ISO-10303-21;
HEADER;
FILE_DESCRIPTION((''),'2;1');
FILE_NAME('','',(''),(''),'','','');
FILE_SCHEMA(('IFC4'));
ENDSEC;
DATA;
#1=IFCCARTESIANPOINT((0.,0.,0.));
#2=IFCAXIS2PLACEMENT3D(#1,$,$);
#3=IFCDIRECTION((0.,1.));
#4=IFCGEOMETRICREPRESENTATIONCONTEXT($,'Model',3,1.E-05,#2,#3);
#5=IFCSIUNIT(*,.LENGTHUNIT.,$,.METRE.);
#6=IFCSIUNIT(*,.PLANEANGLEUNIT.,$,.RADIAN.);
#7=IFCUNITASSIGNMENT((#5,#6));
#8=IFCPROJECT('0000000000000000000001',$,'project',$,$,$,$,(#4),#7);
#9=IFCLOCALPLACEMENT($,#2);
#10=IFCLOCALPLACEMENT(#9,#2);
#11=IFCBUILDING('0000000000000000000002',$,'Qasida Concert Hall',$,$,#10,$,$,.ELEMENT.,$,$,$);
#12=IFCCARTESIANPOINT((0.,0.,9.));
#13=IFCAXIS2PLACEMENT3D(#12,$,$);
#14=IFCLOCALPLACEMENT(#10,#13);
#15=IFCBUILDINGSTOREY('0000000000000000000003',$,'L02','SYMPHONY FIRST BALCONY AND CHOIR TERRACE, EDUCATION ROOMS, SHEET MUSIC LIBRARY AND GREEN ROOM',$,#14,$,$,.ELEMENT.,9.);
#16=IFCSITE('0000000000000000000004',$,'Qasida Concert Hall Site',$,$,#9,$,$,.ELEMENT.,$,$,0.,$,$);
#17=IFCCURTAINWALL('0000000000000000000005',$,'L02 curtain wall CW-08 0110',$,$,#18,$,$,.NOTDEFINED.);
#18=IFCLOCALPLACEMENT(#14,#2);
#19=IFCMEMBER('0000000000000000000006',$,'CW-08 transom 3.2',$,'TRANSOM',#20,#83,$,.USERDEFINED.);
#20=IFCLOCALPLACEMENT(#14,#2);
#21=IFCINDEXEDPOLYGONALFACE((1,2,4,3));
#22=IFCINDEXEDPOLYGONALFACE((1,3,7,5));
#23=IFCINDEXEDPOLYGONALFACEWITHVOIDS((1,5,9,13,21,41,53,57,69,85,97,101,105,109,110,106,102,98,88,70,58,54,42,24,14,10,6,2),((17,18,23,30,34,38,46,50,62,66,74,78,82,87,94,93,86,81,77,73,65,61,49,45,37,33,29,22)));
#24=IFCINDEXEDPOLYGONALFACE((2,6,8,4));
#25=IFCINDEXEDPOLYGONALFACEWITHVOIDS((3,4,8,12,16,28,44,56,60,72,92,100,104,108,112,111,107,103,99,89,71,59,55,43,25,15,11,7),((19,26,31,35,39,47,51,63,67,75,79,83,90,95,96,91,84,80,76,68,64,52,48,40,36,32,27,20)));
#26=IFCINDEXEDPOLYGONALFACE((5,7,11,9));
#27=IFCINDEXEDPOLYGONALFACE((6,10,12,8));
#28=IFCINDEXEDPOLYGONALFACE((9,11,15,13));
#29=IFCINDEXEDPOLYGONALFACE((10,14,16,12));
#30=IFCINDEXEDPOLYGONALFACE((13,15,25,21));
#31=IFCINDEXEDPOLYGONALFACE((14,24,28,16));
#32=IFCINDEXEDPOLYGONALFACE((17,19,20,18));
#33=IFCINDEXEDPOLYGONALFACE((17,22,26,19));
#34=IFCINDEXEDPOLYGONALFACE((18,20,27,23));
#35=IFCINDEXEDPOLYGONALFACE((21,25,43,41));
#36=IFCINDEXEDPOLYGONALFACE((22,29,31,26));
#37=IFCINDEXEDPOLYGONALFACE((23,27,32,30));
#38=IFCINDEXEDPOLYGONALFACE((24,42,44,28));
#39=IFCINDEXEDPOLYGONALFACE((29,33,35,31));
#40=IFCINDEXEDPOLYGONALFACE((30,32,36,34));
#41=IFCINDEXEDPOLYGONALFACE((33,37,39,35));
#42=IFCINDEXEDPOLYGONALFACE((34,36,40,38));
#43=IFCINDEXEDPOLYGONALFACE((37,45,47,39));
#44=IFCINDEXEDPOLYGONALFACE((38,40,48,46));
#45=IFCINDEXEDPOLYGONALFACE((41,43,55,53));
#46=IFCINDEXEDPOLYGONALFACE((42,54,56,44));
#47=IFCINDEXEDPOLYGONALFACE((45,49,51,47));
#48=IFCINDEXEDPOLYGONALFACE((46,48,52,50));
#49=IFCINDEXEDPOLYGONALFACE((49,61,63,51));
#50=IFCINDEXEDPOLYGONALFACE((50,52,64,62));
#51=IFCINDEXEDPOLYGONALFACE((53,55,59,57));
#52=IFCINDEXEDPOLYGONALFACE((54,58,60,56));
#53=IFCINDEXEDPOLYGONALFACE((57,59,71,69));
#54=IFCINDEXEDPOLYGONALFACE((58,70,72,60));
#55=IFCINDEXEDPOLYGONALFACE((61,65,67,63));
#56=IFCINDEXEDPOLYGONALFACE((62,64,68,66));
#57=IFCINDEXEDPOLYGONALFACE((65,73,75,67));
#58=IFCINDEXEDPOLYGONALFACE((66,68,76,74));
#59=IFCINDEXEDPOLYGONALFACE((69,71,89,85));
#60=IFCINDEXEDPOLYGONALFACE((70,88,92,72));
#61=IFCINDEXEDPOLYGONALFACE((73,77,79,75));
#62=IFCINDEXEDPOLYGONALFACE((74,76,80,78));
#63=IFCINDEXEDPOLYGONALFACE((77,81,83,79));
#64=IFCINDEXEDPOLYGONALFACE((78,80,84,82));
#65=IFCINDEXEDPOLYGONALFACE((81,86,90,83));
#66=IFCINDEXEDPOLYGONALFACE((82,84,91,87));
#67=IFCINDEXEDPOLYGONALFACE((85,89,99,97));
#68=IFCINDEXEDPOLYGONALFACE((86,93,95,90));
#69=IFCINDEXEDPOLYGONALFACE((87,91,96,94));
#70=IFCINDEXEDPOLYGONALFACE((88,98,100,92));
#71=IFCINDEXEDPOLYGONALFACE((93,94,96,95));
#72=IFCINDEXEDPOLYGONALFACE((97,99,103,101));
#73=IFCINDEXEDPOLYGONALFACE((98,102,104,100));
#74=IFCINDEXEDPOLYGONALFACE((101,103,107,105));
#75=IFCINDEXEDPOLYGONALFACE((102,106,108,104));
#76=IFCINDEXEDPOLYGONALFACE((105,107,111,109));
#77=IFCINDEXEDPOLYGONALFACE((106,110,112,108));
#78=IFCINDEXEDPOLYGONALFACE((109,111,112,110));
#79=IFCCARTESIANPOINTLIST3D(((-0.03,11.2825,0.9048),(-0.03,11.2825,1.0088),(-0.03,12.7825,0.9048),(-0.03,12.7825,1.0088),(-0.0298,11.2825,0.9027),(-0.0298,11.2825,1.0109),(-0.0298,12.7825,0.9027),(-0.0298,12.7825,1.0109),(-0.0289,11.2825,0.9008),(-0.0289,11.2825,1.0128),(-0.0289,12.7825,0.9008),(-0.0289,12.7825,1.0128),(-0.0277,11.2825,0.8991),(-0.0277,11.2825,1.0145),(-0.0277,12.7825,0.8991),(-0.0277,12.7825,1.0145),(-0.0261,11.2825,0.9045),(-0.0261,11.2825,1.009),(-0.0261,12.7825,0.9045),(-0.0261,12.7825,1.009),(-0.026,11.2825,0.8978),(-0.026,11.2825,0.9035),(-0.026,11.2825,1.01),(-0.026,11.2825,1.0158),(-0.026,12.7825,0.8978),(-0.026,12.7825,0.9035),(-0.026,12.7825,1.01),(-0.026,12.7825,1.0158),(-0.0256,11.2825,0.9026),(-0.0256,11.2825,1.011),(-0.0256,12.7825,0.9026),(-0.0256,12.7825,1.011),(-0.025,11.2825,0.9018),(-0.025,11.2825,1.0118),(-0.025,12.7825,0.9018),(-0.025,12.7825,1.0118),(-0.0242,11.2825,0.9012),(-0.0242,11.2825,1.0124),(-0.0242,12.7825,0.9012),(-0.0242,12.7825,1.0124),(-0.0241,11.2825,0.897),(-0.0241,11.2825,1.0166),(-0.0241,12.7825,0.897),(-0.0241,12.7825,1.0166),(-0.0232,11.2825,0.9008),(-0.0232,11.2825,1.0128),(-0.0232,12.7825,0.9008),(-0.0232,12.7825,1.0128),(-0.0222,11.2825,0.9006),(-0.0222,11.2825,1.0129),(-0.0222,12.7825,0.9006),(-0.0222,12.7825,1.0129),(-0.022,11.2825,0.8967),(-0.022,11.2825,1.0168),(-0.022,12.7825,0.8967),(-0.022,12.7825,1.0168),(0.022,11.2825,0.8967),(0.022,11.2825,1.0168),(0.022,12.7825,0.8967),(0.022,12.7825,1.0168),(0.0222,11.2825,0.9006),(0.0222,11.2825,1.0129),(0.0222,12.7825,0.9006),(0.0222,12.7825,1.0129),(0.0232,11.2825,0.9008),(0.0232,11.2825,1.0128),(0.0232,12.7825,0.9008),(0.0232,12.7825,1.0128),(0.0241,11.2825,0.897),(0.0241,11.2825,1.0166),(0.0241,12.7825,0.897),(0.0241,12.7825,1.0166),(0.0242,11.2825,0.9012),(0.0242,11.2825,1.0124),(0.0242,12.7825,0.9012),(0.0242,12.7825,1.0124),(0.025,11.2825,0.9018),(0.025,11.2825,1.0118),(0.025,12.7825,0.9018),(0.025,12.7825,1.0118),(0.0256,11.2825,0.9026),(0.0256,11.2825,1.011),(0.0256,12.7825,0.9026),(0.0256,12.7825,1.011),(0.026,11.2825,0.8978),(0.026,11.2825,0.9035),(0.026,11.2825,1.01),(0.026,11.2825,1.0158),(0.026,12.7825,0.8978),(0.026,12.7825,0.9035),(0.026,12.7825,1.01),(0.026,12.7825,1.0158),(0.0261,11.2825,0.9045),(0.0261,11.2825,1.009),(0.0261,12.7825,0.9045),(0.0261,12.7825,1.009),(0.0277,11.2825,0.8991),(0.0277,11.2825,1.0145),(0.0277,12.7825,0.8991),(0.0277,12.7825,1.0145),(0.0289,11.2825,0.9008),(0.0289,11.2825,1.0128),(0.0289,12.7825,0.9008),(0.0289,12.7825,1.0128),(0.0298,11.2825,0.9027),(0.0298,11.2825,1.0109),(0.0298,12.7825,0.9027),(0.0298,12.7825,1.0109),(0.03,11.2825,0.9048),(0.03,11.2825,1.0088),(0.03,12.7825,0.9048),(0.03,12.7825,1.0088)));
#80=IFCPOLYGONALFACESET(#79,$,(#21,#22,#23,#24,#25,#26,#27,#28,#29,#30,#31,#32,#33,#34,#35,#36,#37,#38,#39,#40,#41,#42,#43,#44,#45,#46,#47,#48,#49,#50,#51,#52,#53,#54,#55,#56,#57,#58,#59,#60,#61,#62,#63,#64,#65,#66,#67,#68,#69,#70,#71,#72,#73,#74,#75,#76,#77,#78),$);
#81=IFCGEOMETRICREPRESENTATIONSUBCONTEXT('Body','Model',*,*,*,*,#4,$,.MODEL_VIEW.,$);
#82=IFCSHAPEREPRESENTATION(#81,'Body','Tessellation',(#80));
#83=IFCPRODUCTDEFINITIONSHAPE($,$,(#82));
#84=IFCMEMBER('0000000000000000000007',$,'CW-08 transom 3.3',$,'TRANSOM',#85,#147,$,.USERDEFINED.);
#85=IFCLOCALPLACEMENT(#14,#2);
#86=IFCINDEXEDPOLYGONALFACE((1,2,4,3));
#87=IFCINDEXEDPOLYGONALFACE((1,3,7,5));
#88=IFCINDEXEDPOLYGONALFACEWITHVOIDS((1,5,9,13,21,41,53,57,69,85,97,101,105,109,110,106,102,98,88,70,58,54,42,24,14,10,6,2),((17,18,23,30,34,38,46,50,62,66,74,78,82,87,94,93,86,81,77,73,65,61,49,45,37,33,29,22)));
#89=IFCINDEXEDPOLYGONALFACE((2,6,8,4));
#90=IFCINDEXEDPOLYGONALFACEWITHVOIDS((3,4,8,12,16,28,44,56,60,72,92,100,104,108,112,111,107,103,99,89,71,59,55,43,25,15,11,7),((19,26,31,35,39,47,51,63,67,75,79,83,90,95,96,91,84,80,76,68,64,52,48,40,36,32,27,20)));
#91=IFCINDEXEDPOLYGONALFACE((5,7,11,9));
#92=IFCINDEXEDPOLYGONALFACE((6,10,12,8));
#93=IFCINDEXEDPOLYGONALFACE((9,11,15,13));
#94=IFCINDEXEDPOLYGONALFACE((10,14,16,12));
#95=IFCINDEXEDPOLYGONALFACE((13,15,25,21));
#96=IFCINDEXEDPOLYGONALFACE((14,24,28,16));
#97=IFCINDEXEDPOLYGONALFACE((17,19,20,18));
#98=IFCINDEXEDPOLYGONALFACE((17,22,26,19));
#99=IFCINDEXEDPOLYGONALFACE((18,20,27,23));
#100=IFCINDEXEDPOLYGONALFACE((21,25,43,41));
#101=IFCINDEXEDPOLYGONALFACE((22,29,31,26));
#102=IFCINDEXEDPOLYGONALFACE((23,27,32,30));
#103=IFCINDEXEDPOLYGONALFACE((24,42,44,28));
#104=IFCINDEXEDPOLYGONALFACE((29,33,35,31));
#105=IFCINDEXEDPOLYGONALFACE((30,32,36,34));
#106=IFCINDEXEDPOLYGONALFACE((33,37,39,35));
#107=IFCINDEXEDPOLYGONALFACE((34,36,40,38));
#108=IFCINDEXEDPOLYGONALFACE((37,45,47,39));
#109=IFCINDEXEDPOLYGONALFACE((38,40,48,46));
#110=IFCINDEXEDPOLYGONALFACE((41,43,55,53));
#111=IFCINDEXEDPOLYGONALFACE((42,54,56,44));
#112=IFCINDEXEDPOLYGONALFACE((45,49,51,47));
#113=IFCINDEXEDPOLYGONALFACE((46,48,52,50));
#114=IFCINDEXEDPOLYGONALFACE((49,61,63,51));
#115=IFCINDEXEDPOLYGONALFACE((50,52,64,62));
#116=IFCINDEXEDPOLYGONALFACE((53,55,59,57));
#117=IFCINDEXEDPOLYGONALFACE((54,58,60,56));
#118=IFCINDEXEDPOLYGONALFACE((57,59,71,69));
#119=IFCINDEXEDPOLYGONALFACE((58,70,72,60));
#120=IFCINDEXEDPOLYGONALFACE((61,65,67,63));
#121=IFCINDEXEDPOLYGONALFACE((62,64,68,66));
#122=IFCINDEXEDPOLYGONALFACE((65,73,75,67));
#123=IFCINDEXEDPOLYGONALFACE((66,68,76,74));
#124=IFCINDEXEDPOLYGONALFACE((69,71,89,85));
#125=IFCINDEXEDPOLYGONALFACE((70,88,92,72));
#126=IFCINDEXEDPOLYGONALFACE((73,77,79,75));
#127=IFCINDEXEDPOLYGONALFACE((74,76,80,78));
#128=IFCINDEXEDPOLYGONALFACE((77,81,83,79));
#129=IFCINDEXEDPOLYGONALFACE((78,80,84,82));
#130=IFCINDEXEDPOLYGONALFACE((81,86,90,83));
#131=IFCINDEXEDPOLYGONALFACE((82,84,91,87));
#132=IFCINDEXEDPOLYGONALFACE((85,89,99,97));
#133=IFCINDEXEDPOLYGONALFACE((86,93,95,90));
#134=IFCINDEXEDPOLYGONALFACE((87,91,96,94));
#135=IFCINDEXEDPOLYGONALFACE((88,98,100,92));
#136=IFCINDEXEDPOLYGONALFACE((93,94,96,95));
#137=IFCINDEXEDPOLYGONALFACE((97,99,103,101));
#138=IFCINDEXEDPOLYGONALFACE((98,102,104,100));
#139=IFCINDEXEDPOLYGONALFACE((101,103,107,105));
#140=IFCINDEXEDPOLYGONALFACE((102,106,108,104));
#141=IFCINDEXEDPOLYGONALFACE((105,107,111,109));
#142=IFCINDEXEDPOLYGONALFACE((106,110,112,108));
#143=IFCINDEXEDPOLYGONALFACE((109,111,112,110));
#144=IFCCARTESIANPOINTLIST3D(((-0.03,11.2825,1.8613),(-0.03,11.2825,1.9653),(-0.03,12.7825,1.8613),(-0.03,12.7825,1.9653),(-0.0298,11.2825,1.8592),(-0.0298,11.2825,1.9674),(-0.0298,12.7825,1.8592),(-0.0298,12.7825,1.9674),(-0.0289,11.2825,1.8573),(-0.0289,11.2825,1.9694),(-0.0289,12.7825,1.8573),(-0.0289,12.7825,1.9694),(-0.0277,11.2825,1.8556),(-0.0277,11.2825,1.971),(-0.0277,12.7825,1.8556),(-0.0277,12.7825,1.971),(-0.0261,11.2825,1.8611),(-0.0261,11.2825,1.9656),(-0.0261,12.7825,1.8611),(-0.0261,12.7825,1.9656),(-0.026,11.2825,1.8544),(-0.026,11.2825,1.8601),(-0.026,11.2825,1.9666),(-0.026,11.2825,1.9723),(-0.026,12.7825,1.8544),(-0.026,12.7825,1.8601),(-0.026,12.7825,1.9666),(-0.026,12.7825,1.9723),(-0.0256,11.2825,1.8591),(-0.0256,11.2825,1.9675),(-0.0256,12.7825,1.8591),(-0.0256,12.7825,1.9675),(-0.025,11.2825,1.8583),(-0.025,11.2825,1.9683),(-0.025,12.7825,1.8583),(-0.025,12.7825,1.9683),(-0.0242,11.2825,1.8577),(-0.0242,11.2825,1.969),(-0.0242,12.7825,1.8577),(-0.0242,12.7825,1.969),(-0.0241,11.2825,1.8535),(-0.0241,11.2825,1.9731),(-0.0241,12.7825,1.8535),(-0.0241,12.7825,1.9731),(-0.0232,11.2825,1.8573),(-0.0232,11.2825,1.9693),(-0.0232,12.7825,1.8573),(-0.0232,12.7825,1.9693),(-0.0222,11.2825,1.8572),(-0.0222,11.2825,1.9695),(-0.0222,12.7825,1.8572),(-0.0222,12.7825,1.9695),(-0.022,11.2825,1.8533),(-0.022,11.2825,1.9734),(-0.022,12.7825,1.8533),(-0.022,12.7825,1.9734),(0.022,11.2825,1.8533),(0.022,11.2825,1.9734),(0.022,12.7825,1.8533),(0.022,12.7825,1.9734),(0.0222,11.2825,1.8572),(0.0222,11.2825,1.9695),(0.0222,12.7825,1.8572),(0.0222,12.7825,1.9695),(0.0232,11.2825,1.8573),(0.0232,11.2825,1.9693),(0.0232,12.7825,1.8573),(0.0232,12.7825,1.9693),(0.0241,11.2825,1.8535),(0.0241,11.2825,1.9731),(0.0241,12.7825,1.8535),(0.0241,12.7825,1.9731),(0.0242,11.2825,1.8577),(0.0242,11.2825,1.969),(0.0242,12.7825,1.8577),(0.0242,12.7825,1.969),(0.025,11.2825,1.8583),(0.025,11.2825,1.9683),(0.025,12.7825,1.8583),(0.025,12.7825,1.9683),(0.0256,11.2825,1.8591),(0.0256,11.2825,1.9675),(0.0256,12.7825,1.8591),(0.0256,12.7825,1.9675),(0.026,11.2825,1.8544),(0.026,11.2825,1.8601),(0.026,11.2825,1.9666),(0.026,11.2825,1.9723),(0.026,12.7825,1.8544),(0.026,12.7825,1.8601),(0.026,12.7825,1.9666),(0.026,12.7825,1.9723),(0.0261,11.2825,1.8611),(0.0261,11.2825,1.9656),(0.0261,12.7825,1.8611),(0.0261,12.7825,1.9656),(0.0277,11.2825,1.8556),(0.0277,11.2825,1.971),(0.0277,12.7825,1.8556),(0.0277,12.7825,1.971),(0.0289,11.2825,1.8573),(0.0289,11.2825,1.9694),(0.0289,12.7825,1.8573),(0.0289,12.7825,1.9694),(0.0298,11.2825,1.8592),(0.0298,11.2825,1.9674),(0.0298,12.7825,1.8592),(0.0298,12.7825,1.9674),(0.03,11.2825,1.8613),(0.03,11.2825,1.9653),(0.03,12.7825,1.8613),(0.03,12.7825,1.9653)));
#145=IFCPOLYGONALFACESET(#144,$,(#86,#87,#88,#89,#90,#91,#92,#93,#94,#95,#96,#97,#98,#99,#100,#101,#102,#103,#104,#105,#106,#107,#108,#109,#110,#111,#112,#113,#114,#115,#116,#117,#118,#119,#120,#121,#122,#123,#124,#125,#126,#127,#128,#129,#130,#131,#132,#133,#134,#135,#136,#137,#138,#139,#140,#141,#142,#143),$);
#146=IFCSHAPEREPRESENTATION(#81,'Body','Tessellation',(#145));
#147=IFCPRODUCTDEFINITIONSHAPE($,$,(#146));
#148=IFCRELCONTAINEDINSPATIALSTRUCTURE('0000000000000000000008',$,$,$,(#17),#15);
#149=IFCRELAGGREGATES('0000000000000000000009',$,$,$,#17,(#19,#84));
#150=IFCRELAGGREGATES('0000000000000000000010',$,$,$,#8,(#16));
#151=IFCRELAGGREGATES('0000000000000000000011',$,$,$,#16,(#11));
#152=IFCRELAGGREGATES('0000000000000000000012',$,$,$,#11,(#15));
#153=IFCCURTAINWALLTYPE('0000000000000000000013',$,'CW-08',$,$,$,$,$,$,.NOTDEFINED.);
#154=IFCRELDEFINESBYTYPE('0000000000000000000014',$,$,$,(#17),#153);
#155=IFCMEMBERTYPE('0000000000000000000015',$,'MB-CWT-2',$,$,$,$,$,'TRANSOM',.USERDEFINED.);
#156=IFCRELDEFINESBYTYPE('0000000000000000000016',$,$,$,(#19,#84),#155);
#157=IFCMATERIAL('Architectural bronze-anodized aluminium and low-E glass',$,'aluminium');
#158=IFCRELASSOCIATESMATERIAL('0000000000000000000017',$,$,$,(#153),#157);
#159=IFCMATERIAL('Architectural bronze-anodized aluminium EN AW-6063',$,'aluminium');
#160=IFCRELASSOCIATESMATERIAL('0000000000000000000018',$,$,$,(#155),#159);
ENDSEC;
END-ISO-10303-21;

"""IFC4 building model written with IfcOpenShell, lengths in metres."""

from ifc_helpers import new_model, si_unit, direction, frame, origin, origin_2d, place, context, subcontext, project, spatial, hollow_rectangle, extrude, material, material_profile, profile_set, type_object, element, aggregate, save


model = new_model("IFC4")

# Units and contexts
model_context = context("Model", 3, precision=1e-05, world=origin(), true_north=direction((0.0, 1.0)))
body_context = subcontext(model_context, "Body", "Model", "MODEL_VIEW")
ifc_project = project(units=[si_unit("LENGTHUNIT", "METRE"), si_unit("PLANEANGLEUNIT", "RADIAN")], contexts=[model_context])

# Site, building, storey
site_placement = place(None, origin())
site = spatial("IfcSite", under=ifc_project, at=site_placement, Name="Qasida Concert Hall Site", CompositionType="ELEMENT", RefElevation=0.0)
building_placement = place(site_placement, origin())
building = spatial("IfcBuilding", under=site, at=building_placement, Name="Qasida Concert Hall", CompositionType="ELEMENT")
storey_placement = place(building_placement, frame((0.0, 0.0, 9.0)))
storey = spatial("IfcBuildingStorey", under=building, at=storey_placement, Name="L02", Description="SYMPHONY FIRST BALCONY AND CHOIR TERRACE, EDUCATION ROOMS, SHEET MUSIC LIBRARY AND GREEN ROOM", CompositionType="ELEMENT", Elevation=9.0)

# Curtain wall, members
ifc_material_1 = material(Name="Architectural bronze-anodized aluminium and low-E glass", Category="aluminium")
curtain_wall_type = type_object("IfcCurtainWallType", Name="CW-08", PredefinedType="NOTDEFINED", material=ifc_material_1)
curtain_wall_placement = place(storey_placement, origin())
curtain_wall = element("IfcCurtainWall", 1, at=curtain_wall_placement, inside=storey, type_object=curtain_wall_type, Name="L02 curtain wall CW-08 0110", PredefinedType="NOTDEFINED")
ifc_material_2 = material(Name="Architectural bronze-anodized aluminium EN AW-6063", Category="aluminium")
ifc_material_profile_1 = material_profile(ifc_material_2, hollow_rectangle(XDim=0.0601, YDim=0.1201, WallThickness=0.0039, InnerFilletRadius=0.0039, OuterFilletRadius=0.0081, at=origin_2d()), Name="CWT 120x60x4")
ifc_profile_set_1 = profile_set([ifc_material_profile_1], Name="Architectural bronze-anodized aluminium EN AW-6063")
member_type_1 = type_object("IfcMemberType", Name="MB-CWT-2", ElementType="TRANSOM", PredefinedType="USERDEFINED", material=ifc_profile_set_1)
member_1_placement = place(storey_placement, frame((0.0, 11.2825, 0.9568), z_axis=(0.0, 1.0, 0.0), x_axis=(-1.0, 0.0, 0.0)))
member_1 = element("IfcMember", 2, at=member_1_placement, type_object=member_type_1, Name="CW-08 transom 3.2", ObjectType="TRANSOM", PredefinedType="USERDEFINED", context=body_context, shape_type="SweptSolid", body=[
    extrude(hollow_rectangle(XDim=0.0601, YDim=0.1201, WallThickness=0.0039, InnerFilletRadius=0.0039, OuterFilletRadius=0.0081, at=origin_2d()), origin(), (0.0, 0.0, 1.0), 1.5),
])
member_2_placement = place(storey_placement, frame((0.0, 11.2825, 1.9133), z_axis=(0.0, 1.0, 0.0), x_axis=(-1.0, 0.0, 0.0)))
member_2 = element("IfcMember", 3, at=member_2_placement, type_object=member_type_1, Name="CW-08 transom 3.3", ObjectType="TRANSOM", PredefinedType="USERDEFINED", context=body_context, shape_type="SweptSolid", body=[
    extrude(hollow_rectangle(XDim=0.0601, YDim=0.1201, WallThickness=0.0039, InnerFilletRadius=0.0039, OuterFilletRadius=0.0081, at=origin_2d()), origin(), (0.0, 0.0, 1.0), 1.5),
])
aggregate(curtain_wall, [member_1, member_2])

save(model, "model.ifc")
